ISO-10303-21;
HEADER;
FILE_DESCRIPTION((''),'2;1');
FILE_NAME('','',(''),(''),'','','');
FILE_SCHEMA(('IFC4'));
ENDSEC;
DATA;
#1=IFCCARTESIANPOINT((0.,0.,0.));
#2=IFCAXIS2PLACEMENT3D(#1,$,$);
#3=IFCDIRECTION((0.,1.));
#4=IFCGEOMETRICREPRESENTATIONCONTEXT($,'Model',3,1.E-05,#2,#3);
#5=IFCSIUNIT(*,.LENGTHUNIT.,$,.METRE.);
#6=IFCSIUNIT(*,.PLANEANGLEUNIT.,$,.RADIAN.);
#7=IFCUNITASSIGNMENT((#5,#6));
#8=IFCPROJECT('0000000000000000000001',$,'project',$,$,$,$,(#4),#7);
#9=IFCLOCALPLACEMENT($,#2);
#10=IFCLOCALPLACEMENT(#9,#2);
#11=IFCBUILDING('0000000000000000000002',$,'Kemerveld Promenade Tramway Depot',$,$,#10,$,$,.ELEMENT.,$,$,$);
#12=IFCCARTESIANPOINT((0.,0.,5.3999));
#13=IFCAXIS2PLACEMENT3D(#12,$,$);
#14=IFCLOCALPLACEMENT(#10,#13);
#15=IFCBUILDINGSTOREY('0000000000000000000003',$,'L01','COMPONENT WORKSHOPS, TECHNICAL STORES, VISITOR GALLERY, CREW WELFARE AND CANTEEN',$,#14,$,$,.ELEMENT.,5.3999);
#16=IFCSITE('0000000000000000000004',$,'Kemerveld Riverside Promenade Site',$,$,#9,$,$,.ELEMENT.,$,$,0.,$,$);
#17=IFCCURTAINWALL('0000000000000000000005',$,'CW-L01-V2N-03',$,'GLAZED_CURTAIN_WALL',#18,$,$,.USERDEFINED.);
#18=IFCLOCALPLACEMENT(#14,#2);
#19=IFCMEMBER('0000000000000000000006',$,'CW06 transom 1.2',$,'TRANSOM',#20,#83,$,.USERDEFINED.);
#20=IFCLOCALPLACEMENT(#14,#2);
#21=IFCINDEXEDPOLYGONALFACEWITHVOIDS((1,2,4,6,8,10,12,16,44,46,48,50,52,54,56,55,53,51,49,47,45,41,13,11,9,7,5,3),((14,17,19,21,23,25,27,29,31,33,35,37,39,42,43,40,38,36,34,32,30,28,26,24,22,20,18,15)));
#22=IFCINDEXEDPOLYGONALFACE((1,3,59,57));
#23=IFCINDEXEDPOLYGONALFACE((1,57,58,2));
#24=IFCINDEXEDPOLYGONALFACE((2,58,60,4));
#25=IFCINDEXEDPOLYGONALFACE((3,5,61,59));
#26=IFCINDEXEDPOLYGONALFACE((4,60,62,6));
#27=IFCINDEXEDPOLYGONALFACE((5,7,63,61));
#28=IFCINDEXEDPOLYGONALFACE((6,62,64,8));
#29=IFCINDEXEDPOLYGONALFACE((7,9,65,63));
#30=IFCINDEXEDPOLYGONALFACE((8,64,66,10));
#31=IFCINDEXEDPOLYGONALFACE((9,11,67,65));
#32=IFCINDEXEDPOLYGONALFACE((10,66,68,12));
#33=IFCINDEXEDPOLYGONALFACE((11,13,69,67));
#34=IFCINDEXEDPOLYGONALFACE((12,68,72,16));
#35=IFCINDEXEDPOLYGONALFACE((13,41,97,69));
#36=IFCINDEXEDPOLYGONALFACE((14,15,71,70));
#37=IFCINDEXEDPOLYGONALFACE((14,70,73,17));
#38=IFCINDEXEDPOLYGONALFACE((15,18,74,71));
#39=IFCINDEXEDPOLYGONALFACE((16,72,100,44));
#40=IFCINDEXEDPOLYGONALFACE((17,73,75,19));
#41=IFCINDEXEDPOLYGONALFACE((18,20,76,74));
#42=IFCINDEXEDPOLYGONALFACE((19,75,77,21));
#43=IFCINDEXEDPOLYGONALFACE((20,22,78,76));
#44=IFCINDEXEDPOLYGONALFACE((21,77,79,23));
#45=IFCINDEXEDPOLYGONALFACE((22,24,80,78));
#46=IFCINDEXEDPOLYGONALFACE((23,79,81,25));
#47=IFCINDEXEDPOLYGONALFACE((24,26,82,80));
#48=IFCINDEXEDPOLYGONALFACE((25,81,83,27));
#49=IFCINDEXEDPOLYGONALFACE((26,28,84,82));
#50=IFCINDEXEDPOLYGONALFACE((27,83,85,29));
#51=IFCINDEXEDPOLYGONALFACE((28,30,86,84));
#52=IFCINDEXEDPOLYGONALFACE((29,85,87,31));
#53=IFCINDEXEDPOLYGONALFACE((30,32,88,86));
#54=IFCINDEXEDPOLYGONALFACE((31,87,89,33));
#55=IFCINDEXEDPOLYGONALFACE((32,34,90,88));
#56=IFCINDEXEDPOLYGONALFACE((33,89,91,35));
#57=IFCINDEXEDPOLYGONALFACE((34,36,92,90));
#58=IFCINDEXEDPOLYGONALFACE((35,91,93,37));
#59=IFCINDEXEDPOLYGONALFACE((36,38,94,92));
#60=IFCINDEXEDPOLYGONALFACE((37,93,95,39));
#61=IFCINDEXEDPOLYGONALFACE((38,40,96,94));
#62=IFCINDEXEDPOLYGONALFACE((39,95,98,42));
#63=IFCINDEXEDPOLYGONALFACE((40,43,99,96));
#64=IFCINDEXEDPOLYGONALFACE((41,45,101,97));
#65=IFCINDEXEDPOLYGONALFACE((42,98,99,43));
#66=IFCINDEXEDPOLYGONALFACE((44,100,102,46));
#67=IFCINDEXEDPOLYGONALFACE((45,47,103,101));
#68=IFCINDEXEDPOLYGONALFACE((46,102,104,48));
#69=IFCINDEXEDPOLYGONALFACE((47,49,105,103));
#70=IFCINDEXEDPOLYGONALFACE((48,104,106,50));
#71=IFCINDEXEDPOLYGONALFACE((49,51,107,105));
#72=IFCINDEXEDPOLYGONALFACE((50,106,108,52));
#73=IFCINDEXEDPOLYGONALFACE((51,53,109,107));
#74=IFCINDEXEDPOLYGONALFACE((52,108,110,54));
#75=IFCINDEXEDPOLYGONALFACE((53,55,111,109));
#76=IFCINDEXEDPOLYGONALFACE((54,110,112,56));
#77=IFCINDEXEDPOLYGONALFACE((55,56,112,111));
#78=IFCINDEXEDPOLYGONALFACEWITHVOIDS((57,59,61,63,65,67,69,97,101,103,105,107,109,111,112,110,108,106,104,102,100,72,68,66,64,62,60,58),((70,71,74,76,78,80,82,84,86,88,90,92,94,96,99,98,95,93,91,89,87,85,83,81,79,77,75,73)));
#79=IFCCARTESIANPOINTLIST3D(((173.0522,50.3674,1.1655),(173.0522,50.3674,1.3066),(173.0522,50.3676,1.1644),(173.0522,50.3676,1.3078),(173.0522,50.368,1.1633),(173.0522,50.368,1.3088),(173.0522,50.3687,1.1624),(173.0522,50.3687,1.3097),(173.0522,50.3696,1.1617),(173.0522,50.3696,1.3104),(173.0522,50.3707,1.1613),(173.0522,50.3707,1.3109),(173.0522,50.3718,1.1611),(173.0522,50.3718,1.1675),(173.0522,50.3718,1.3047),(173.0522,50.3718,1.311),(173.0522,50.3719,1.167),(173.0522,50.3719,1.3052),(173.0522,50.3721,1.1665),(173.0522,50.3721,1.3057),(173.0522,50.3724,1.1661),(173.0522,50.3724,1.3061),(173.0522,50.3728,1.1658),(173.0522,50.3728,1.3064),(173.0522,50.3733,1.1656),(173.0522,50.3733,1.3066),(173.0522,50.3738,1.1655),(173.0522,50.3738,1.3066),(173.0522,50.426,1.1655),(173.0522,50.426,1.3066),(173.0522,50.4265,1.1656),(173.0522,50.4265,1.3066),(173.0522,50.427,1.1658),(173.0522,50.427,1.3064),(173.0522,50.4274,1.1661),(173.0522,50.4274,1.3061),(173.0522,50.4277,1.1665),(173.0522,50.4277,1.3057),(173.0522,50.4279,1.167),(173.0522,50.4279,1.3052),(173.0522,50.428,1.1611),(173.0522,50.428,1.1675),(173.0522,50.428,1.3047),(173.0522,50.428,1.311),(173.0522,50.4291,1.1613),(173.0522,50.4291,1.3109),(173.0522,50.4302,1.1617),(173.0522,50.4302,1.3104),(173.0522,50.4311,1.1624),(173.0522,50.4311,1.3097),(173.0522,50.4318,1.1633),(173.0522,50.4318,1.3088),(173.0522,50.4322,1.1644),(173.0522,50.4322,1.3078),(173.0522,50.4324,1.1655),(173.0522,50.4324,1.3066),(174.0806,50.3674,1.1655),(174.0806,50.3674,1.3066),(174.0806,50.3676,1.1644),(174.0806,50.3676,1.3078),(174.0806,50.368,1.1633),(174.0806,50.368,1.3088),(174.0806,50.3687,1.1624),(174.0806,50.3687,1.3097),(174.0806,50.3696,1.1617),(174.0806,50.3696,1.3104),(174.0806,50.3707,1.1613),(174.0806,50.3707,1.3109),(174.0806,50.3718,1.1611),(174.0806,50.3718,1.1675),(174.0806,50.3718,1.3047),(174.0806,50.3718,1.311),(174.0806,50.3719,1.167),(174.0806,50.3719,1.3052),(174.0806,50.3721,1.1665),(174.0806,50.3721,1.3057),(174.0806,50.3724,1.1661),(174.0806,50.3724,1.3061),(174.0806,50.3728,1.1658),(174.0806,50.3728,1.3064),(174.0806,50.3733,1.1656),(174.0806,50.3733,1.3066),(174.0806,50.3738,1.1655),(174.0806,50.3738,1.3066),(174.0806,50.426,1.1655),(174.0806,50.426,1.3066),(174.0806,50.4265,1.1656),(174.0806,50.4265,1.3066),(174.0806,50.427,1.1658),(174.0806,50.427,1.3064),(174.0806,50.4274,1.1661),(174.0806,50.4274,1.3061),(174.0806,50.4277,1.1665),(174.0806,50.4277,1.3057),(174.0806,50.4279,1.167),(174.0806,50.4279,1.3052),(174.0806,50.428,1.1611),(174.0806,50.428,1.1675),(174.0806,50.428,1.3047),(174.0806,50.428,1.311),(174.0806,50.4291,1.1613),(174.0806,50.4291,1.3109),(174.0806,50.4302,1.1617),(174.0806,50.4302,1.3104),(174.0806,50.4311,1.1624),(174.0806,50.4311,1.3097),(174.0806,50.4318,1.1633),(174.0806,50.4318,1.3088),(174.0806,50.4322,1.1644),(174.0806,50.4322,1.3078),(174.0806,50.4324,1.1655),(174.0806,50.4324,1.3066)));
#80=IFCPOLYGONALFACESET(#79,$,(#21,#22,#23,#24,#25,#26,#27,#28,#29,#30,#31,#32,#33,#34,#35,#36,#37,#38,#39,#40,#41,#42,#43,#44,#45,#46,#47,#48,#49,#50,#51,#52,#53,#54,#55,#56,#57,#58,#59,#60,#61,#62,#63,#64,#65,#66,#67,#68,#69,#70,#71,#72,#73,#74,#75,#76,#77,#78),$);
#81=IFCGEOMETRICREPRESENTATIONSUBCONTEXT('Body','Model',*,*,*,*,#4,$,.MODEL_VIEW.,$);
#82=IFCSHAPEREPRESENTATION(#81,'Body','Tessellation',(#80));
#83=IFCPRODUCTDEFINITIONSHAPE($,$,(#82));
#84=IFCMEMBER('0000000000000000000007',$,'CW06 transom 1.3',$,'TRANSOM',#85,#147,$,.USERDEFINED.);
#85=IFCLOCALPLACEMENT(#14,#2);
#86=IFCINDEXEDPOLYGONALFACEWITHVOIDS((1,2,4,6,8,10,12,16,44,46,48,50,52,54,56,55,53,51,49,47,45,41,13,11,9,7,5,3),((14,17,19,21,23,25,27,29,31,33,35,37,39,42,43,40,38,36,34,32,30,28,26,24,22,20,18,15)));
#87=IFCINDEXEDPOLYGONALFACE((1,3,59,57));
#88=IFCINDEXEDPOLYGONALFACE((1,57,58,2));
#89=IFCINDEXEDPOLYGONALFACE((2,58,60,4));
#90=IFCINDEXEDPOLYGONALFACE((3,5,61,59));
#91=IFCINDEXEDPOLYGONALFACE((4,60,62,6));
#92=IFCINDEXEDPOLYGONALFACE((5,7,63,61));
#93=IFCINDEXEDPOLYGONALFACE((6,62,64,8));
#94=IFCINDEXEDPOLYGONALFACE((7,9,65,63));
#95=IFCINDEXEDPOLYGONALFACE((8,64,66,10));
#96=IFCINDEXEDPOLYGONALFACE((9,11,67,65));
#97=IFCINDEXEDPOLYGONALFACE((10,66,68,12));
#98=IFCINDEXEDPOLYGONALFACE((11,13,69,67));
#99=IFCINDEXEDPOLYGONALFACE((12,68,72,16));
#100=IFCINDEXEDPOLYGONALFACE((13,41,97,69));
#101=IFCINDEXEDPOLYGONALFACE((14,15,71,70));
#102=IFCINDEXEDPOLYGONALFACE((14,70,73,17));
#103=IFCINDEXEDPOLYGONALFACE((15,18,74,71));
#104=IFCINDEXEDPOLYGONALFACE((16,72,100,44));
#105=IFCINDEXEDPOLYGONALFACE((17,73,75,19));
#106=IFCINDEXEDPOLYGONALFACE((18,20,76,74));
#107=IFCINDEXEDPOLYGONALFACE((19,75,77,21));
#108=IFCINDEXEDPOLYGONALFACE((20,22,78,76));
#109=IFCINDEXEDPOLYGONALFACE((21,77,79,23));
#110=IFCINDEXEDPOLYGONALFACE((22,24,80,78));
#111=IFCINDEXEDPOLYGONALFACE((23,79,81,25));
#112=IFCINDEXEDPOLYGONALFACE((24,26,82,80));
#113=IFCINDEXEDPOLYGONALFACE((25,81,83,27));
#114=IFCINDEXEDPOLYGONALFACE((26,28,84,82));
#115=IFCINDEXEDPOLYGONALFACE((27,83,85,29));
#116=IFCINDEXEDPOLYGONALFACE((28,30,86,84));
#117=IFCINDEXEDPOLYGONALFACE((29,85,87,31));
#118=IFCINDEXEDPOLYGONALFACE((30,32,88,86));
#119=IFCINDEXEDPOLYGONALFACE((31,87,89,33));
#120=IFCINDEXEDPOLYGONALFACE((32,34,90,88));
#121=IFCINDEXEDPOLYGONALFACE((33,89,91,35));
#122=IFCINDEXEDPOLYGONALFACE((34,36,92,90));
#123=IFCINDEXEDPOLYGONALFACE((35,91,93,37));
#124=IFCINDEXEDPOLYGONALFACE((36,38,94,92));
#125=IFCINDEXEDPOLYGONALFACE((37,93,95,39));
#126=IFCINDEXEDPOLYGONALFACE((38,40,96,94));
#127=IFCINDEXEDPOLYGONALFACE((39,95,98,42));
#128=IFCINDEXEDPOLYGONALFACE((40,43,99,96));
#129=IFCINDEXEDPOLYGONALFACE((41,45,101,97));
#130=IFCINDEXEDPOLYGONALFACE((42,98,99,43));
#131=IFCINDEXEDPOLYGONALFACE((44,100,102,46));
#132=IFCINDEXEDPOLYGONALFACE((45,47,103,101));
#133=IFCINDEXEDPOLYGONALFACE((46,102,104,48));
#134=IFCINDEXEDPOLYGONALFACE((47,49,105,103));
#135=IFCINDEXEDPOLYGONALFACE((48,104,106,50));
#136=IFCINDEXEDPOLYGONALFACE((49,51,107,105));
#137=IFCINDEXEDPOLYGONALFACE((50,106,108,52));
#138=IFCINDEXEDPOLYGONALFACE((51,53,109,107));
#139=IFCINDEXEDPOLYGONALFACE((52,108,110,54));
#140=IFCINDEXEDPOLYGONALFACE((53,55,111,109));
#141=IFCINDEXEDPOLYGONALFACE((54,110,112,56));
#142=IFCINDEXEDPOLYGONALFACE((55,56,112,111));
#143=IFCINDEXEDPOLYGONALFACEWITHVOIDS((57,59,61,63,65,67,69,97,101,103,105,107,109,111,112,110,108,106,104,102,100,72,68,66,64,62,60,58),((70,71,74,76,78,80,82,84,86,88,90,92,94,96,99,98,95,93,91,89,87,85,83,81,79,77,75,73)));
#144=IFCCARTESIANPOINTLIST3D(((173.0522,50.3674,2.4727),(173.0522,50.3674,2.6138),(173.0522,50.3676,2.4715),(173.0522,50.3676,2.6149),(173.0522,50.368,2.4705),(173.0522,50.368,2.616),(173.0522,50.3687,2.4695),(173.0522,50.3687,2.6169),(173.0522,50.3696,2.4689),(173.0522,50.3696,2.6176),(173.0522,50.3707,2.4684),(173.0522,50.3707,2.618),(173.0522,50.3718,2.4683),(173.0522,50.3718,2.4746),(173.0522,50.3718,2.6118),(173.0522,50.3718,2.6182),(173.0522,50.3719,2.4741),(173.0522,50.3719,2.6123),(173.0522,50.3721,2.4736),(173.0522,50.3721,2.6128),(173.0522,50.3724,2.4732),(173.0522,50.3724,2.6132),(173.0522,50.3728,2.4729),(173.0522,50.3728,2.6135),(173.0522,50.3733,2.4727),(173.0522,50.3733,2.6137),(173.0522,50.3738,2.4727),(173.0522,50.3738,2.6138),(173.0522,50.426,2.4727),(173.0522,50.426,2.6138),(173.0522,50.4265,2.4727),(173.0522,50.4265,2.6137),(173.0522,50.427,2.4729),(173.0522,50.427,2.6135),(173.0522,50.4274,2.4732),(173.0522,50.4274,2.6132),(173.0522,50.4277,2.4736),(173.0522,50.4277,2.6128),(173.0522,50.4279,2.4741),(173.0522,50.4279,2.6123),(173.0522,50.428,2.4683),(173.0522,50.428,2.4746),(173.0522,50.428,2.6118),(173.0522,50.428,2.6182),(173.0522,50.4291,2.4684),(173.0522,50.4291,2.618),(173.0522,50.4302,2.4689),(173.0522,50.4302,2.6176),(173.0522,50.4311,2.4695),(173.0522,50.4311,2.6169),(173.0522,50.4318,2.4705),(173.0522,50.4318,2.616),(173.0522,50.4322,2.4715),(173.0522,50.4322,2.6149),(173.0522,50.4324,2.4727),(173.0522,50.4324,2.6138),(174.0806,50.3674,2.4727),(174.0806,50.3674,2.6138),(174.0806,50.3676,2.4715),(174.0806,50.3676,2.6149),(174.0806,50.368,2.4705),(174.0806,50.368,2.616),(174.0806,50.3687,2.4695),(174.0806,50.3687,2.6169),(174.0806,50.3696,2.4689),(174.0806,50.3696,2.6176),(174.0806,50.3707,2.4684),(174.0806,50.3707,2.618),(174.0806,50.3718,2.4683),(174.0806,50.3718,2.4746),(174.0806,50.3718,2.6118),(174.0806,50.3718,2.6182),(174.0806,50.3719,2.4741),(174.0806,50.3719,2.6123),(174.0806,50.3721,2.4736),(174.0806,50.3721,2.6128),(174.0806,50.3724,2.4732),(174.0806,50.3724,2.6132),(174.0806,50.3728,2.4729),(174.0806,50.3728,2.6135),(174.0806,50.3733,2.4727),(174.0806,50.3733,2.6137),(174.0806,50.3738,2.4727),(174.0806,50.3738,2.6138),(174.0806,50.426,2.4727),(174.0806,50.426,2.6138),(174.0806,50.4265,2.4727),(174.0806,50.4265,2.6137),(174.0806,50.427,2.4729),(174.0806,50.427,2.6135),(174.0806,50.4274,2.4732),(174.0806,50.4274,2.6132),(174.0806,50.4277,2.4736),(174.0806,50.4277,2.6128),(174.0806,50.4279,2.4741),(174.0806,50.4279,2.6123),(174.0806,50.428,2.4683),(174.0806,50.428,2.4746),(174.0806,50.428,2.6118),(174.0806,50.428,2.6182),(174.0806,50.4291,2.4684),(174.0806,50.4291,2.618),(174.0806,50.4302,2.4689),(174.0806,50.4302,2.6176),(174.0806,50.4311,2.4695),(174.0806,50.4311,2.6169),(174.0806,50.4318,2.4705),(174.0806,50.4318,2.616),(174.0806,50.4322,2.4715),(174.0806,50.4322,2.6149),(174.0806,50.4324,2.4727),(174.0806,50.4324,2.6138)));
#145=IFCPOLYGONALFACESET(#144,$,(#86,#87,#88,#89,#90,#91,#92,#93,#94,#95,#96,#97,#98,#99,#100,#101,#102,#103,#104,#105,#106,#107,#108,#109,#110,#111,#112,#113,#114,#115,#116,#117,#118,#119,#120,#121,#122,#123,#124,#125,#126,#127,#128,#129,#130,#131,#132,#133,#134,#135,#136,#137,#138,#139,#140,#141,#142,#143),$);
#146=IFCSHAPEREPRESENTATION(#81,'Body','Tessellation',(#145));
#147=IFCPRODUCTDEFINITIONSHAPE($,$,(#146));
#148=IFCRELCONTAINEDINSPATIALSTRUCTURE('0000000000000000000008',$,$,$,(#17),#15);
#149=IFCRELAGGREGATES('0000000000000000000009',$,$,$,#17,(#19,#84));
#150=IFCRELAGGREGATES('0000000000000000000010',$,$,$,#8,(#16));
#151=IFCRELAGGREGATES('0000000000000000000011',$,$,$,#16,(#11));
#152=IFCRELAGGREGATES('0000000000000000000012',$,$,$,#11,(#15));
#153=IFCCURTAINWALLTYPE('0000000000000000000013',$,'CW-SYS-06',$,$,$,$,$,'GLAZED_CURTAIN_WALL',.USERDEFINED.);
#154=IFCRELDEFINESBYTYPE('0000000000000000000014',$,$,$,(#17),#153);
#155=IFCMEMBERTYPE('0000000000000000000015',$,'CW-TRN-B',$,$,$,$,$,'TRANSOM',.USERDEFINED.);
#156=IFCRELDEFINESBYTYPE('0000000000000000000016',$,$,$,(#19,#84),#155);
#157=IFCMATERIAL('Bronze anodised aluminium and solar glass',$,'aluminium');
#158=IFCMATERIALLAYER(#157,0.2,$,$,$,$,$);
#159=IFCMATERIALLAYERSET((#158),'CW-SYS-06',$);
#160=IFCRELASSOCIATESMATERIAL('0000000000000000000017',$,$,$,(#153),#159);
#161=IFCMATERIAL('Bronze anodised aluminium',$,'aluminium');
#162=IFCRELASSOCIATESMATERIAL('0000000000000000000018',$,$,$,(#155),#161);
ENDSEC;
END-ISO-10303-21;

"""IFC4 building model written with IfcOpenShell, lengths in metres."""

from ifc_helpers import new_model, si_unit, direction, frame, origin, origin_2d, place, context, subcontext, project, spatial, hollow_rectangle, extrude, material, layer, layer_set, material_profile, profile_set, type_object, element, aggregate, save


model = new_model("IFC4")

# Units and contexts
model_context = context("Model", 3, precision=1e-05, world=origin(), true_north=direction((0.0, 1.0)))
body_context = subcontext(model_context, "Body", "Model", "MODEL_VIEW")
ifc_project = project(units=[si_unit("LENGTHUNIT", "METRE"), si_unit("PLANEANGLEUNIT", "RADIAN")], contexts=[model_context])

# Site, building, storey
site_placement = place(None, origin())
site = spatial("IfcSite", under=ifc_project, at=site_placement, Name="Kemerveld Riverside Promenade Site", CompositionType="ELEMENT", RefElevation=0.0)
building_placement = place(site_placement, origin())
building = spatial("IfcBuilding", under=site, at=building_placement, Name="Kemerveld Promenade Tramway Depot", CompositionType="ELEMENT")
storey_placement = place(building_placement, frame((0.0, 0.0, 5.3999)))
storey = spatial("IfcBuildingStorey", under=building, at=storey_placement, Name="L01", Description="COMPONENT WORKSHOPS, TECHNICAL STORES, VISITOR GALLERY, CREW WELFARE AND CANTEEN", CompositionType="ELEMENT", Elevation=5.3999)

# Curtain wall, members
ifc_material_1 = material(Name="Bronze anodised aluminium and solar glass", Category="aluminium")
ifc_layer_1 = layer(ifc_material_1, 0.2)
ifc_layer_set_1 = layer_set([ifc_layer_1], Name="CW-SYS-06")
curtain_wall_type = type_object("IfcCurtainWallType", Name="CW-SYS-06", ElementType="GLAZED_CURTAIN_WALL", PredefinedType="USERDEFINED", material=ifc_layer_set_1)
curtain_wall_placement = place(storey_placement, origin())
curtain_wall = element("IfcCurtainWall", 1, at=curtain_wall_placement, inside=storey, type_object=curtain_wall_type, Name="CW-L01-V2N-03", ObjectType="GLAZED_CURTAIN_WALL", PredefinedType="USERDEFINED")
ifc_material_2 = material(Name="Bronze anodised aluminium", Category="aluminium")
ifc_material_profile_1 = material_profile(ifc_material_2, hollow_rectangle(XDim=0.0649, YDim=0.1499, WallThickness=0.0044, InnerFilletRadius=0.002, OuterFilletRadius=0.0044, at=origin_2d()), Name="CW-TRN-150x65")
ifc_profile_set_1 = profile_set([ifc_material_profile_1], Name="Bronze anodised aluminium")
member_type_1 = type_object("IfcMemberType", Name="CW-TRN-B", ElementType="TRANSOM", PredefinedType="USERDEFINED", material=ifc_profile_set_1)
member_1_placement = place(storey_placement, frame((173.0522, 50.3999, 1.2361), z_axis=(1.0, 0.0, 0.0), x_axis=(0.0, 1.0, 0.0)))
member_1 = element("IfcMember", 2, at=member_1_placement, type_object=member_type_1, Name="CW06 transom 1.2", ObjectType="TRANSOM", PredefinedType="USERDEFINED", context=body_context, shape_type="SweptSolid", body=[
    extrude(hollow_rectangle(XDim=0.0649, YDim=0.1499, WallThickness=0.0044, InnerFilletRadius=0.002, OuterFilletRadius=0.0044, at=origin_2d()), origin(), (0.0, 0.0, 1.0), 1.0283),
])
member_2_placement = place(storey_placement, frame((173.0522, 50.3999, 2.5432), z_axis=(1.0, 0.0, 0.0), x_axis=(0.0, 1.0, 0.0)))
member_2 = element("IfcMember", 3, at=member_2_placement, type_object=member_type_1, Name="CW06 transom 1.3", ObjectType="TRANSOM", PredefinedType="USERDEFINED", context=body_context, shape_type="SweptSolid", body=[
    extrude(hollow_rectangle(XDim=0.0649, YDim=0.1499, WallThickness=0.0044, InnerFilletRadius=0.002, OuterFilletRadius=0.0044, at=origin_2d()), origin(), (0.0, 0.0, 1.0), 1.0283),
])

aggregate(curtain_wall, [member_1, member_2])

save(model, "model.ifc")
